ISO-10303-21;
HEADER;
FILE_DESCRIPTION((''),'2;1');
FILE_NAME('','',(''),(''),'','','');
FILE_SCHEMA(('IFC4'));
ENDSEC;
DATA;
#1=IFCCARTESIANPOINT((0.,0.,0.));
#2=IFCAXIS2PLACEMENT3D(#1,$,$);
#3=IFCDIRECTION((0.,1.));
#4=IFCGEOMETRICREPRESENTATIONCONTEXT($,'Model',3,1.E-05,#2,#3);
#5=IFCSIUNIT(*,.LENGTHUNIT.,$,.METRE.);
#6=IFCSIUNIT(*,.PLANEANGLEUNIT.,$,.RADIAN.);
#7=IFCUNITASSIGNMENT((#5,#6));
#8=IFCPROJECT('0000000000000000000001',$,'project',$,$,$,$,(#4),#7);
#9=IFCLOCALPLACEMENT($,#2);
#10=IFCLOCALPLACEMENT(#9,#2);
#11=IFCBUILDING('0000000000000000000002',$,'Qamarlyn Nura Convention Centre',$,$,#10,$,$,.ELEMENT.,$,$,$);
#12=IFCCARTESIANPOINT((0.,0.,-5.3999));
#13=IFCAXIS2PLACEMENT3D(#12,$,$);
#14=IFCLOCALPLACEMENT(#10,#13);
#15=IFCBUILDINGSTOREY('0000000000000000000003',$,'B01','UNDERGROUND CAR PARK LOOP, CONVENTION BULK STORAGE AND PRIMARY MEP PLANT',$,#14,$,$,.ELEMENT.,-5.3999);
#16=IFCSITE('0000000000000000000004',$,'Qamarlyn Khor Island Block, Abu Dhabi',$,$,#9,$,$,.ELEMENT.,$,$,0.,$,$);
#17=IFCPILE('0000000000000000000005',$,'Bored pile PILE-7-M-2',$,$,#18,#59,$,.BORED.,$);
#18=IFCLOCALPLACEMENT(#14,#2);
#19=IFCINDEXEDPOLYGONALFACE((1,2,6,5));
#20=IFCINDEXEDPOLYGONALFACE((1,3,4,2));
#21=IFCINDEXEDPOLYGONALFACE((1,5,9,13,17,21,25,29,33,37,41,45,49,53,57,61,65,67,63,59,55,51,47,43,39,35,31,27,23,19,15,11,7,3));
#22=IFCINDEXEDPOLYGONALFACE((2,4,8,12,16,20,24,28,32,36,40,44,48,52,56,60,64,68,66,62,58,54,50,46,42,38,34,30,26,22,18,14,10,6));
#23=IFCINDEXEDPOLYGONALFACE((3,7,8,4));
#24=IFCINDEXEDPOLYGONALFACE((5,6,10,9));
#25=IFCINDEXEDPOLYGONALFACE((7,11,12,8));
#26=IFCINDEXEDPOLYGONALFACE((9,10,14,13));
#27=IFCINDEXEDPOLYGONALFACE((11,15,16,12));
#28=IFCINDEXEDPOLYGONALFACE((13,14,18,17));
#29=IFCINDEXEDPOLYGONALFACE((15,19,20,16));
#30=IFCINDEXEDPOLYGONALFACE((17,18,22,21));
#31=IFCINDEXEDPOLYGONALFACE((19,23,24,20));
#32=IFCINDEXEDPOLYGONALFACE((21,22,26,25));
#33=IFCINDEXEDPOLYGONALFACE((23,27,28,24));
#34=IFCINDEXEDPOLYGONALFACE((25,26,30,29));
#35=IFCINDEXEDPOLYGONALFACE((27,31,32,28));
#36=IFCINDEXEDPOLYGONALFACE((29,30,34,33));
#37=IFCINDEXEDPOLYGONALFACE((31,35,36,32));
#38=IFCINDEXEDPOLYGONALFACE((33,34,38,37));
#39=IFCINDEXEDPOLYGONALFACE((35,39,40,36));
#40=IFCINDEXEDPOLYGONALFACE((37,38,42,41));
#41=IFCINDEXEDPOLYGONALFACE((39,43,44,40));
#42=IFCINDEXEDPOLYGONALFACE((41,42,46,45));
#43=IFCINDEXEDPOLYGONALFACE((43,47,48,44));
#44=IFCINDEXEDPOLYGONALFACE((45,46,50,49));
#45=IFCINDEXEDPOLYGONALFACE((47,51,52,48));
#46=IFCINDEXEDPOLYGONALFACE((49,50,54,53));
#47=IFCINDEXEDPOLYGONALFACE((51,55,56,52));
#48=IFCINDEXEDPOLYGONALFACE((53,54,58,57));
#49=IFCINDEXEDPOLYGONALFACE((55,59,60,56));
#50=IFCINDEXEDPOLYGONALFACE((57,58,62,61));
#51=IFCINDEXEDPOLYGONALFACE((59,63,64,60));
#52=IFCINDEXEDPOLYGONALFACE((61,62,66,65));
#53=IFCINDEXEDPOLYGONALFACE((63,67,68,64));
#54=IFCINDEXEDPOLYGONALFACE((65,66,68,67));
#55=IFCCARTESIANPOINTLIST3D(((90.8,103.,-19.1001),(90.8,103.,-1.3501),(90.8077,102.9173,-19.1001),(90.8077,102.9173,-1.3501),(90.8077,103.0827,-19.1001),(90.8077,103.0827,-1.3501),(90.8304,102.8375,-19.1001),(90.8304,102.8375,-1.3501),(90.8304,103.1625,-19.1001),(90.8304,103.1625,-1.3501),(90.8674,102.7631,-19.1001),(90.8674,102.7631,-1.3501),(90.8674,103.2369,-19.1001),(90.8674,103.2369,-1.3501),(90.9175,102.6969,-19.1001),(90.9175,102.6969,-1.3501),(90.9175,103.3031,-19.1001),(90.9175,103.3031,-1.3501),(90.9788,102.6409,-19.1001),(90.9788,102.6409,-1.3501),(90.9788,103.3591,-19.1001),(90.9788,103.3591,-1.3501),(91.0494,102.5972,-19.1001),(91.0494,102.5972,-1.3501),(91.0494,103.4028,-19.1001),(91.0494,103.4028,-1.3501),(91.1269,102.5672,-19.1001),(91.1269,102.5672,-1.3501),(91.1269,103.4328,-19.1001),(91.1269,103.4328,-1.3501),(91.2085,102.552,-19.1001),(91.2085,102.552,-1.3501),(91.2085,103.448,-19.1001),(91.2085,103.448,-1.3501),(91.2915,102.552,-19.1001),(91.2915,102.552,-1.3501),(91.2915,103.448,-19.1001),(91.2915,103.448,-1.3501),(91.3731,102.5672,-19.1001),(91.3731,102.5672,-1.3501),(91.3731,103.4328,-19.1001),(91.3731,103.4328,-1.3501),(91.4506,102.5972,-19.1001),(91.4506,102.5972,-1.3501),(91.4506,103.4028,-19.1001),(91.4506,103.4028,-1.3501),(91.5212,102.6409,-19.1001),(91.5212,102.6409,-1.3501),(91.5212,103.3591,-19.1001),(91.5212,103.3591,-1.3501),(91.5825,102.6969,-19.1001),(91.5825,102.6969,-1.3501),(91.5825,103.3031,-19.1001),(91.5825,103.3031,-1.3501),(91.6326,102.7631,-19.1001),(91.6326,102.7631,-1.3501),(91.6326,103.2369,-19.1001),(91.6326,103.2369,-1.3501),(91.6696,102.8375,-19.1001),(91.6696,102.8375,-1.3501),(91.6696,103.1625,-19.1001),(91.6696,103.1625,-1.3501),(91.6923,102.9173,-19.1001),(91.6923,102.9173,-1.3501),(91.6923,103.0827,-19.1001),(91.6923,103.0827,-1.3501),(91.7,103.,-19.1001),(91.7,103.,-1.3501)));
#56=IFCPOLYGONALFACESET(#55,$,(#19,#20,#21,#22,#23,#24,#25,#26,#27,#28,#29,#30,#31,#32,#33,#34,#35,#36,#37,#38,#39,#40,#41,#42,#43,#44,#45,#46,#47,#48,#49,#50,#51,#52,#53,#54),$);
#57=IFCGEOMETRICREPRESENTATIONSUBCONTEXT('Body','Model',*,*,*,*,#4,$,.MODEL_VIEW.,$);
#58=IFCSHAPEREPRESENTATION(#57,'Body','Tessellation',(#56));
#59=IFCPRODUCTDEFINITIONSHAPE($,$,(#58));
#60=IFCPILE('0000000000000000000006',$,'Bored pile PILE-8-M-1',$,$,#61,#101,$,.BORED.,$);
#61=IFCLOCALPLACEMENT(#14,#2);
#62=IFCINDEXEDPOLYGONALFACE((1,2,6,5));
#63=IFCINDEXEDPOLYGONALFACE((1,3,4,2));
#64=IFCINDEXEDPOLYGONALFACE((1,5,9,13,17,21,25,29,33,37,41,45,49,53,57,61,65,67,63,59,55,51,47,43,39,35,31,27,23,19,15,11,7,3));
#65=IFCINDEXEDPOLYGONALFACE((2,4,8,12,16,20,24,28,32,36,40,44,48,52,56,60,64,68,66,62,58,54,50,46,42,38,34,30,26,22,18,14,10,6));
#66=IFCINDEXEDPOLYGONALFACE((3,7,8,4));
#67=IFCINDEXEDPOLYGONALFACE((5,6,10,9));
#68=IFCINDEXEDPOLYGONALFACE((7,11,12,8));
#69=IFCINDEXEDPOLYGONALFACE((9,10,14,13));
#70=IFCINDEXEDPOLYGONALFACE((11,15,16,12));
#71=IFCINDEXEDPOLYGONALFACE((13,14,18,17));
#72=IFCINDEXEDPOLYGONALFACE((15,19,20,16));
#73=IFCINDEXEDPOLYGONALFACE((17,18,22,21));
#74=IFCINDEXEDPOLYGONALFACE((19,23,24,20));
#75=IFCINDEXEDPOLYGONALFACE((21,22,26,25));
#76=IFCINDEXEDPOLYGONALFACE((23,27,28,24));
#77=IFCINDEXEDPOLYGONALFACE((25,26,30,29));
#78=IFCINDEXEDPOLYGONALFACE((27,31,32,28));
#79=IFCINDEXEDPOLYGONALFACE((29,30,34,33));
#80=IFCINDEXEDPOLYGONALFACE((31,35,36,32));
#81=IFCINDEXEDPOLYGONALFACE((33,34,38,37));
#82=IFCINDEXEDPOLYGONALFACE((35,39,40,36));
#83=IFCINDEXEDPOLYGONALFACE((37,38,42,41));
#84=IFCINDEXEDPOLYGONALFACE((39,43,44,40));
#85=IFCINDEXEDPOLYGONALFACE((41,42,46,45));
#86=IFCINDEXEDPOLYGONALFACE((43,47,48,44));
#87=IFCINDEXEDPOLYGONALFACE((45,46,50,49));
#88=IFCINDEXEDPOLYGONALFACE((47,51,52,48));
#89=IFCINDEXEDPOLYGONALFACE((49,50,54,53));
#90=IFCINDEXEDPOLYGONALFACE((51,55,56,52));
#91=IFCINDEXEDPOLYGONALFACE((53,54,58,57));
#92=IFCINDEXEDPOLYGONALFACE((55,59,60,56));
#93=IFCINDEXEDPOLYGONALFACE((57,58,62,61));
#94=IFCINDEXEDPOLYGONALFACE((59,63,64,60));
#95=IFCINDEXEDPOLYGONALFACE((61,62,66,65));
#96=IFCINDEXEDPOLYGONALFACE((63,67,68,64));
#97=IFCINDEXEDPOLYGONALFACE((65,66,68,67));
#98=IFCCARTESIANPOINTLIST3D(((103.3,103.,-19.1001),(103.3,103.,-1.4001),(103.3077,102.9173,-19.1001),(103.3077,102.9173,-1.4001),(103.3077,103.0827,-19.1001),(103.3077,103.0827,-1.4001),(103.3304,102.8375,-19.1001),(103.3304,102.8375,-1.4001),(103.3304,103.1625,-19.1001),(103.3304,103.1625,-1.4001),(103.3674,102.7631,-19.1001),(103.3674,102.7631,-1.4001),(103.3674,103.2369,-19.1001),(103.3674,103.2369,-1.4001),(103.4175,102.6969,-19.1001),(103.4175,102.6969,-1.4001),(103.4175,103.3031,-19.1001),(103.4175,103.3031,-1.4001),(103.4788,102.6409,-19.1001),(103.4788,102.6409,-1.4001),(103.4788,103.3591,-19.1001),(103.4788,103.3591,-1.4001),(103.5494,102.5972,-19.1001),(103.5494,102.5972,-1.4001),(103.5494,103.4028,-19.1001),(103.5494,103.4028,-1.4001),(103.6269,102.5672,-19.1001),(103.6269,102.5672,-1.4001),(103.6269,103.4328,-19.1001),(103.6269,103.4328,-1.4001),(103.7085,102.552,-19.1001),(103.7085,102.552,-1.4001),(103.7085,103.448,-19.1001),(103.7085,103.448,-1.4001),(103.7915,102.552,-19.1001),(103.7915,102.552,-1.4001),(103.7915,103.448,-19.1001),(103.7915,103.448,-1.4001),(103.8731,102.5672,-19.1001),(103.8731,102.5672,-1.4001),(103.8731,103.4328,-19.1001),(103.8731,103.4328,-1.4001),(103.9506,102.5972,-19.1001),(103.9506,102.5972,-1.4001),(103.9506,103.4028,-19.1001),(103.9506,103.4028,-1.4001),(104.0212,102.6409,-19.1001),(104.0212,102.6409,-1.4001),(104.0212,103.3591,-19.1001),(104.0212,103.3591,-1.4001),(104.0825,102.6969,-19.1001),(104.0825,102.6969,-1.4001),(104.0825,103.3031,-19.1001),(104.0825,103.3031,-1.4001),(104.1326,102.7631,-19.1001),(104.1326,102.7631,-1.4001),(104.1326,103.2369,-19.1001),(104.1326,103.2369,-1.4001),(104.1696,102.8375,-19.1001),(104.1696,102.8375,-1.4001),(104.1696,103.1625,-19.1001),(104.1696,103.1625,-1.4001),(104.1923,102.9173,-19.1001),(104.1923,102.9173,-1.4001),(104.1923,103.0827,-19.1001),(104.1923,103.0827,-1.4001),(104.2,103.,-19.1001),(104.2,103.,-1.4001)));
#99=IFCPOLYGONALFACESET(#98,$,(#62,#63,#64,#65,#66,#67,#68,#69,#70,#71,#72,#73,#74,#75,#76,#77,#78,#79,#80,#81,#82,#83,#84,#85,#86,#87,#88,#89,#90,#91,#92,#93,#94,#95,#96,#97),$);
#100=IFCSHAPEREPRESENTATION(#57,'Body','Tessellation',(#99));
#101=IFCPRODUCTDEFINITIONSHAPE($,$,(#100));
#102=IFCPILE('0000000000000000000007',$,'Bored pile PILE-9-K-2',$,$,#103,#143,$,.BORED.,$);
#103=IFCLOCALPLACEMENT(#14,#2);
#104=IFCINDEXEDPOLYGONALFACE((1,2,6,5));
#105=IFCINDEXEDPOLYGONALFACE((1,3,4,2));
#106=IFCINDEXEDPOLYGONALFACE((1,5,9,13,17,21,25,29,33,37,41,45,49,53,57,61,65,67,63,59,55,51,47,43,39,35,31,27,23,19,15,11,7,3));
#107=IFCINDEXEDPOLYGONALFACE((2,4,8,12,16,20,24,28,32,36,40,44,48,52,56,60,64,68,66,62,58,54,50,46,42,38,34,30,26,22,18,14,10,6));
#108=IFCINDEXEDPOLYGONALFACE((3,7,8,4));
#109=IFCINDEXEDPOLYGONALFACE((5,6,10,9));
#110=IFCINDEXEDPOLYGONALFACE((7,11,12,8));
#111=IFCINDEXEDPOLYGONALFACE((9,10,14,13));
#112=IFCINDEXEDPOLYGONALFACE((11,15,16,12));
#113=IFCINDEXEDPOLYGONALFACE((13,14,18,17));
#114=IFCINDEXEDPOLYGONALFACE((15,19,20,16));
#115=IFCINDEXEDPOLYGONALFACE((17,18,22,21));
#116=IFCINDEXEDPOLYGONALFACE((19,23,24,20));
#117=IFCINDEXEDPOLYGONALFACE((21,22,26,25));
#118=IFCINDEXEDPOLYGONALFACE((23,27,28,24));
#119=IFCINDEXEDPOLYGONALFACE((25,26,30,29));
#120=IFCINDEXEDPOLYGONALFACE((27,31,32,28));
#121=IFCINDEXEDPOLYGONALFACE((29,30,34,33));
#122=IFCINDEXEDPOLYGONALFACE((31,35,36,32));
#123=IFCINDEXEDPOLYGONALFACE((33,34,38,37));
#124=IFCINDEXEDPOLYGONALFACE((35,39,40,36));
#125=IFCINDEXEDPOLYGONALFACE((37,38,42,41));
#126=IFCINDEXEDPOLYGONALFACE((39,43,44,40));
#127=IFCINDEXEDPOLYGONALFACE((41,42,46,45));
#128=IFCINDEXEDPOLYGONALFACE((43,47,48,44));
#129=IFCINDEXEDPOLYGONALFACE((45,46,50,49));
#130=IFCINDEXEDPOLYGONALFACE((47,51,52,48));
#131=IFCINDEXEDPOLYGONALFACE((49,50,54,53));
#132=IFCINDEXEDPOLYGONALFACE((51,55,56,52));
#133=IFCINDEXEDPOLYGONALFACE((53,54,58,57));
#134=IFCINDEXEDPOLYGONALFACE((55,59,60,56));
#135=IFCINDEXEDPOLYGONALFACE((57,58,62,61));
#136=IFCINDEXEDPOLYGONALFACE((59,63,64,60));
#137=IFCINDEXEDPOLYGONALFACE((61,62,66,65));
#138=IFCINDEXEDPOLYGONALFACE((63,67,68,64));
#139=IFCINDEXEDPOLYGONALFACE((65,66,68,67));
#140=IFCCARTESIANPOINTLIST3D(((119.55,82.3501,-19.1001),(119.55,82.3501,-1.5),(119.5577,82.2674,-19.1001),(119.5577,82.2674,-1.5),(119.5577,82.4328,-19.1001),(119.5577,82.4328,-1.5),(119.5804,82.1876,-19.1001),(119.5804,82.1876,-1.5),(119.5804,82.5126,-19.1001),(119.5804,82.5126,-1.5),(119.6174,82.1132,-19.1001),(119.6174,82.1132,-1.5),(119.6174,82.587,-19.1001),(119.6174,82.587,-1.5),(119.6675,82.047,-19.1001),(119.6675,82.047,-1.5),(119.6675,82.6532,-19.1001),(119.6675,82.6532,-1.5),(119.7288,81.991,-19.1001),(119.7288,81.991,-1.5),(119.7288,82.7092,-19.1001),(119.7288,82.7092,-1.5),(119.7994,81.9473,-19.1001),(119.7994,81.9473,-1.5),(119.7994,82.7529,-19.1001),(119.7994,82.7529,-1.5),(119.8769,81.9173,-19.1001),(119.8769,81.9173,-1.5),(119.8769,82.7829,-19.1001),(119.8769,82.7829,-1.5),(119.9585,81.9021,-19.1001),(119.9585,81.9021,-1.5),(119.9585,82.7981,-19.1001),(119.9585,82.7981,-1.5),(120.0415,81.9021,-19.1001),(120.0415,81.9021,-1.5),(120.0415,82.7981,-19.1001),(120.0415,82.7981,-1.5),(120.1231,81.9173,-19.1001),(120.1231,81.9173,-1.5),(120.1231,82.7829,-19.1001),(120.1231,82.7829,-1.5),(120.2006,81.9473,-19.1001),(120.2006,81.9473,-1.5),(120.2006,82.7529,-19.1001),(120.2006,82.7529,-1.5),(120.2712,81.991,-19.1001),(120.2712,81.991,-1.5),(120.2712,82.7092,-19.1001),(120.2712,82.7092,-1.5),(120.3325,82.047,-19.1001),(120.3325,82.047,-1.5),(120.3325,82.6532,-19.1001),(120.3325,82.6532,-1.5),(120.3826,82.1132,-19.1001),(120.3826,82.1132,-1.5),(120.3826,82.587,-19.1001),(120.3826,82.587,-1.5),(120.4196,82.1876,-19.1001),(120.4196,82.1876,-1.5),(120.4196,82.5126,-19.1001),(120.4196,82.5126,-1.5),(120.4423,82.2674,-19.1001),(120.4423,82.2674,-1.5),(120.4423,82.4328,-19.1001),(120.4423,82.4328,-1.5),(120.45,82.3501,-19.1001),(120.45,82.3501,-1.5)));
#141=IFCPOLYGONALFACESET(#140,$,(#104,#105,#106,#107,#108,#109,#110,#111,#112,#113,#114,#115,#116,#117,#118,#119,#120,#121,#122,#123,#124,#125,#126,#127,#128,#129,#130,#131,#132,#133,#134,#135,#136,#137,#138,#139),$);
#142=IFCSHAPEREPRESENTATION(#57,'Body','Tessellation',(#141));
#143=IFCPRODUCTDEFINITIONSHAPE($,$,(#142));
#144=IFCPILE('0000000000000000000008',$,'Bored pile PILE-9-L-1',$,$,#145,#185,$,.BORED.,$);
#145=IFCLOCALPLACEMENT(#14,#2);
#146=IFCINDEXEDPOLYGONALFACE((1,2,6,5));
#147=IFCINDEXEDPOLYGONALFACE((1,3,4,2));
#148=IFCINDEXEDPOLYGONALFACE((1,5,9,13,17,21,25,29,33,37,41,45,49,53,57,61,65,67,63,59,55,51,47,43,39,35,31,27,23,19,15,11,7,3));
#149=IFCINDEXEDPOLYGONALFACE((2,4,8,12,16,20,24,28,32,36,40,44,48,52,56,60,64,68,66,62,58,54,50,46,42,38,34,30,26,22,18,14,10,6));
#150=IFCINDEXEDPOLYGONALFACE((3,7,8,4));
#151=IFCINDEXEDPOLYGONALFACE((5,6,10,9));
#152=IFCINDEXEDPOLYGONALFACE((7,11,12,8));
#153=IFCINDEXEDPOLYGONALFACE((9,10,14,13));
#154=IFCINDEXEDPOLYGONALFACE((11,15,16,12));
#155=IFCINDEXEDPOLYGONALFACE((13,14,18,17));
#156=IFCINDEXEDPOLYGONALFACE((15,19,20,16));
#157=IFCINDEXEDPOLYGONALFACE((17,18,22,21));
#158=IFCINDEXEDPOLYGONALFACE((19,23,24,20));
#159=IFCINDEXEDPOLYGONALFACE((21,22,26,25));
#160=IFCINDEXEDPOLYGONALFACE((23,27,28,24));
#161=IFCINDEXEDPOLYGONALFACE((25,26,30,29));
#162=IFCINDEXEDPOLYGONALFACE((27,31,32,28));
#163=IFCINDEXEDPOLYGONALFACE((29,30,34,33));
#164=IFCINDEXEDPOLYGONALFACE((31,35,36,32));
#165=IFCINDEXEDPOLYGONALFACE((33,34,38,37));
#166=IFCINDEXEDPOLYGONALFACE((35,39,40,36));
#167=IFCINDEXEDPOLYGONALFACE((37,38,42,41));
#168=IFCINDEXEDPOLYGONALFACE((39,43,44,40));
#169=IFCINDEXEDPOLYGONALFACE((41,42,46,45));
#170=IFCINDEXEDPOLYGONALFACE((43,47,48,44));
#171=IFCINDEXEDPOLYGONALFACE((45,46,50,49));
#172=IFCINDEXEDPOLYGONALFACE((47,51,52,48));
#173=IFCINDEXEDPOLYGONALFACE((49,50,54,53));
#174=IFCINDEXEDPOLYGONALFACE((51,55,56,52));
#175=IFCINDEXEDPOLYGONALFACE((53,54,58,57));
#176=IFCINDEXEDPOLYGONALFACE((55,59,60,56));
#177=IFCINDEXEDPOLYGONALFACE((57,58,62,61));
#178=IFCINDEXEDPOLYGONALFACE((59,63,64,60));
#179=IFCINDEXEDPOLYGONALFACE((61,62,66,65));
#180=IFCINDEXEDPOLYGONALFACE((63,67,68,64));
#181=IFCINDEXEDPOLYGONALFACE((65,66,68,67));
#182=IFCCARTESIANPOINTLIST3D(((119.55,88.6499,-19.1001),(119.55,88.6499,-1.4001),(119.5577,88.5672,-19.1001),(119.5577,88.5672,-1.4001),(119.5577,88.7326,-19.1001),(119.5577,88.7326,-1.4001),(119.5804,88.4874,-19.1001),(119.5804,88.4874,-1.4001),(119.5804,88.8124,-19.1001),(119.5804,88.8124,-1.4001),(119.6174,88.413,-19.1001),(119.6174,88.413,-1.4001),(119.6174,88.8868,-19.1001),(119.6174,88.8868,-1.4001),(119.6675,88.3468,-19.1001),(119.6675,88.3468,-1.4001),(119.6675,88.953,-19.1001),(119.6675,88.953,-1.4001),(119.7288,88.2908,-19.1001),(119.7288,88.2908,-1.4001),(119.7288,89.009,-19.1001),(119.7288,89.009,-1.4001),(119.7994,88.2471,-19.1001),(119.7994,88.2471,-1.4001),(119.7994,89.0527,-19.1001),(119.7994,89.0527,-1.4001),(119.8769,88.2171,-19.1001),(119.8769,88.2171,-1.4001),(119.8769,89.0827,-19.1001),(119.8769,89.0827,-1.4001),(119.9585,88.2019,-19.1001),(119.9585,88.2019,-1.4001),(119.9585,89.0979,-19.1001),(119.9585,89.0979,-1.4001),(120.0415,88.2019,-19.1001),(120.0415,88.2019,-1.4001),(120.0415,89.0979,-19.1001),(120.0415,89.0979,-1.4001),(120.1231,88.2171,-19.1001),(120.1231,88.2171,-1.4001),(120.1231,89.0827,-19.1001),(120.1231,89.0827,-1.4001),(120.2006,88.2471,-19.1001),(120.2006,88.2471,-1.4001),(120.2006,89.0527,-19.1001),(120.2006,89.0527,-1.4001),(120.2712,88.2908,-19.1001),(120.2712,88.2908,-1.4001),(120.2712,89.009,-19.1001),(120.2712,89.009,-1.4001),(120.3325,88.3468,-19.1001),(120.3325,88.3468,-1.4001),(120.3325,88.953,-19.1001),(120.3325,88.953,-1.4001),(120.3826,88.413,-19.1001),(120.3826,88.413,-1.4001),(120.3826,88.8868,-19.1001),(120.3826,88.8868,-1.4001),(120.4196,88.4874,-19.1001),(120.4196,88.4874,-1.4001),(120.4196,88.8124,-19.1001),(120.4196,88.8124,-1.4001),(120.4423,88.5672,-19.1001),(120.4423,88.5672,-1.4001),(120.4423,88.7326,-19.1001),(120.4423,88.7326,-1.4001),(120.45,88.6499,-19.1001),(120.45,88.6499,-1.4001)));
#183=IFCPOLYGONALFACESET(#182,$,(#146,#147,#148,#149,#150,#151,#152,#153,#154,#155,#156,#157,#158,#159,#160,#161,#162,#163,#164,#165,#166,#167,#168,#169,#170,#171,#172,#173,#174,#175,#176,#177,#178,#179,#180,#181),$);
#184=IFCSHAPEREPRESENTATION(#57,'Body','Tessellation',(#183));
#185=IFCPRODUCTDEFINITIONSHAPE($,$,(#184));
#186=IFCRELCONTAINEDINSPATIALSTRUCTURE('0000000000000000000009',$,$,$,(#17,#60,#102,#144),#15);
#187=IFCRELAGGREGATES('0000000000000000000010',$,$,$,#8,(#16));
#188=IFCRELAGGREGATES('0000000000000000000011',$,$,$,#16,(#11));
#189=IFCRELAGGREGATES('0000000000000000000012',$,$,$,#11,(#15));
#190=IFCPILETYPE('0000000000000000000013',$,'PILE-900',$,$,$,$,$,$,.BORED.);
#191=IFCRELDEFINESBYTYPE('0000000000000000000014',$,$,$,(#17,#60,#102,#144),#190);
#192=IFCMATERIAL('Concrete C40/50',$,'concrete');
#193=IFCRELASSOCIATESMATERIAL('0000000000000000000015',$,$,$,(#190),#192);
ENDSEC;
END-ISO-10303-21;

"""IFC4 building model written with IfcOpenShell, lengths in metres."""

from ifc_helpers import new_model, si_unit, direction, frame, origin, origin_2d, place, context, subcontext, project, spatial, circle, extrude, material, material_profile, profile_set, type_object, element, save


model = new_model("IFC4")

# Units and contexts
model_context = context("Model", 3, precision=1e-05, world=origin(), true_north=direction((0.0, 1.0)))
body_context = subcontext(model_context, "Body", "Model", "MODEL_VIEW")
ifc_project = project(units=[si_unit("LENGTHUNIT", "METRE"), si_unit("PLANEANGLEUNIT", "RADIAN")], contexts=[model_context])

# Site, building, storey
site_placement = place(None, origin())
site = spatial("IfcSite", under=ifc_project, at=site_placement, Name="Qamarlyn Khor Island Block, Abu Dhabi", CompositionType="ELEMENT", RefElevation=0.0)
building_placement = place(site_placement, origin())
building = spatial("IfcBuilding", under=site, at=building_placement, Name="Qamarlyn Nura Convention Centre", CompositionType="ELEMENT")
storey_placement = place(building_placement, frame((0.0, 0.0, -5.3999)))
storey = spatial("IfcBuildingStorey", under=building, at=storey_placement, Name="B01", Description="UNDERGROUND CAR PARK LOOP, CONVENTION BULK STORAGE AND PRIMARY MEP PLANT", CompositionType="ELEMENT", Elevation=-5.3999)

# Shared definitions
ifc_material_1 = material(Name="Concrete C40/50", Category="concrete")

# Piles
ifc_material_profile_1 = material_profile(ifc_material_1, circle(Radius=0.45, at=origin_2d()), Name="BORED PILE 900")
ifc_profile_set_1 = profile_set([ifc_material_profile_1], Name="Concrete C40/50")
pile_type = type_object("IfcPileType", Name="PILE-900", PredefinedType="BORED", material=ifc_profile_set_1)
pile_1_placement = place(storey_placement, frame((91.25, 103.0, -1.3501), z_axis=(0.0, 0.0, -1.0), x_axis=(1.0, 0.0, 0.0)))
element("IfcPile", 1, at=pile_1_placement, inside=storey, type_object=pile_type, Name="Bored pile PILE-7-M-2", PredefinedType="BORED", context=body_context, shape_type="SweptSolid", body=[
    extrude(circle(Radius=0.45, at=origin_2d()), origin(), (0.0, 0.0, 1.0), 17.75),
])
pile_2_placement = place(storey_placement, frame((103.75, 103.0, -1.4001), z_axis=(0.0, 0.0, -1.0), x_axis=(1.0, 0.0, 0.0)))
element("IfcPile", 2, at=pile_2_placement, inside=storey, type_object=pile_type, Name="Bored pile PILE-8-M-1", PredefinedType="BORED", context=body_context, shape_type="SweptSolid", body=[
    extrude(circle(Radius=0.45, at=origin_2d()), origin(), (0.0, 0.0, 1.0), 17.7),
])
pile_3_placement = place(storey_placement, frame((120.0, 82.3501, -1.5), z_axis=(0.0, 0.0, -1.0), x_axis=(1.0, 0.0, 0.0)))
element("IfcPile", 3, at=pile_3_placement, inside=storey, type_object=pile_type, Name="Bored pile PILE-9-K-2", PredefinedType="BORED", context=body_context, shape_type="SweptSolid", body=[
    extrude(circle(Radius=0.45, at=origin_2d()), origin(), (0.0, 0.0, 1.0), 17.6001),
])
for number, where, z_axis, x_axis, name in (
    (4, (120.0, 88.6499, -1.4001), (0.0, 0.0, -1.0), (1.0, 0.0, 0.0), "Bored pile PILE-9-L-1"),
):
    element("IfcPile", number, at=place(storey_placement, frame(where, z_axis=z_axis, x_axis=x_axis)), inside=storey, type_object=pile_type, Name=name, PredefinedType="BORED", context=body_context, shape_type="SweptSolid", body=[
        extrude(circle(Radius=0.45, at=origin_2d()), origin(), (0.0, 0.0, 1.0), 17.7),
    ])

save(model, "model.ifc")
